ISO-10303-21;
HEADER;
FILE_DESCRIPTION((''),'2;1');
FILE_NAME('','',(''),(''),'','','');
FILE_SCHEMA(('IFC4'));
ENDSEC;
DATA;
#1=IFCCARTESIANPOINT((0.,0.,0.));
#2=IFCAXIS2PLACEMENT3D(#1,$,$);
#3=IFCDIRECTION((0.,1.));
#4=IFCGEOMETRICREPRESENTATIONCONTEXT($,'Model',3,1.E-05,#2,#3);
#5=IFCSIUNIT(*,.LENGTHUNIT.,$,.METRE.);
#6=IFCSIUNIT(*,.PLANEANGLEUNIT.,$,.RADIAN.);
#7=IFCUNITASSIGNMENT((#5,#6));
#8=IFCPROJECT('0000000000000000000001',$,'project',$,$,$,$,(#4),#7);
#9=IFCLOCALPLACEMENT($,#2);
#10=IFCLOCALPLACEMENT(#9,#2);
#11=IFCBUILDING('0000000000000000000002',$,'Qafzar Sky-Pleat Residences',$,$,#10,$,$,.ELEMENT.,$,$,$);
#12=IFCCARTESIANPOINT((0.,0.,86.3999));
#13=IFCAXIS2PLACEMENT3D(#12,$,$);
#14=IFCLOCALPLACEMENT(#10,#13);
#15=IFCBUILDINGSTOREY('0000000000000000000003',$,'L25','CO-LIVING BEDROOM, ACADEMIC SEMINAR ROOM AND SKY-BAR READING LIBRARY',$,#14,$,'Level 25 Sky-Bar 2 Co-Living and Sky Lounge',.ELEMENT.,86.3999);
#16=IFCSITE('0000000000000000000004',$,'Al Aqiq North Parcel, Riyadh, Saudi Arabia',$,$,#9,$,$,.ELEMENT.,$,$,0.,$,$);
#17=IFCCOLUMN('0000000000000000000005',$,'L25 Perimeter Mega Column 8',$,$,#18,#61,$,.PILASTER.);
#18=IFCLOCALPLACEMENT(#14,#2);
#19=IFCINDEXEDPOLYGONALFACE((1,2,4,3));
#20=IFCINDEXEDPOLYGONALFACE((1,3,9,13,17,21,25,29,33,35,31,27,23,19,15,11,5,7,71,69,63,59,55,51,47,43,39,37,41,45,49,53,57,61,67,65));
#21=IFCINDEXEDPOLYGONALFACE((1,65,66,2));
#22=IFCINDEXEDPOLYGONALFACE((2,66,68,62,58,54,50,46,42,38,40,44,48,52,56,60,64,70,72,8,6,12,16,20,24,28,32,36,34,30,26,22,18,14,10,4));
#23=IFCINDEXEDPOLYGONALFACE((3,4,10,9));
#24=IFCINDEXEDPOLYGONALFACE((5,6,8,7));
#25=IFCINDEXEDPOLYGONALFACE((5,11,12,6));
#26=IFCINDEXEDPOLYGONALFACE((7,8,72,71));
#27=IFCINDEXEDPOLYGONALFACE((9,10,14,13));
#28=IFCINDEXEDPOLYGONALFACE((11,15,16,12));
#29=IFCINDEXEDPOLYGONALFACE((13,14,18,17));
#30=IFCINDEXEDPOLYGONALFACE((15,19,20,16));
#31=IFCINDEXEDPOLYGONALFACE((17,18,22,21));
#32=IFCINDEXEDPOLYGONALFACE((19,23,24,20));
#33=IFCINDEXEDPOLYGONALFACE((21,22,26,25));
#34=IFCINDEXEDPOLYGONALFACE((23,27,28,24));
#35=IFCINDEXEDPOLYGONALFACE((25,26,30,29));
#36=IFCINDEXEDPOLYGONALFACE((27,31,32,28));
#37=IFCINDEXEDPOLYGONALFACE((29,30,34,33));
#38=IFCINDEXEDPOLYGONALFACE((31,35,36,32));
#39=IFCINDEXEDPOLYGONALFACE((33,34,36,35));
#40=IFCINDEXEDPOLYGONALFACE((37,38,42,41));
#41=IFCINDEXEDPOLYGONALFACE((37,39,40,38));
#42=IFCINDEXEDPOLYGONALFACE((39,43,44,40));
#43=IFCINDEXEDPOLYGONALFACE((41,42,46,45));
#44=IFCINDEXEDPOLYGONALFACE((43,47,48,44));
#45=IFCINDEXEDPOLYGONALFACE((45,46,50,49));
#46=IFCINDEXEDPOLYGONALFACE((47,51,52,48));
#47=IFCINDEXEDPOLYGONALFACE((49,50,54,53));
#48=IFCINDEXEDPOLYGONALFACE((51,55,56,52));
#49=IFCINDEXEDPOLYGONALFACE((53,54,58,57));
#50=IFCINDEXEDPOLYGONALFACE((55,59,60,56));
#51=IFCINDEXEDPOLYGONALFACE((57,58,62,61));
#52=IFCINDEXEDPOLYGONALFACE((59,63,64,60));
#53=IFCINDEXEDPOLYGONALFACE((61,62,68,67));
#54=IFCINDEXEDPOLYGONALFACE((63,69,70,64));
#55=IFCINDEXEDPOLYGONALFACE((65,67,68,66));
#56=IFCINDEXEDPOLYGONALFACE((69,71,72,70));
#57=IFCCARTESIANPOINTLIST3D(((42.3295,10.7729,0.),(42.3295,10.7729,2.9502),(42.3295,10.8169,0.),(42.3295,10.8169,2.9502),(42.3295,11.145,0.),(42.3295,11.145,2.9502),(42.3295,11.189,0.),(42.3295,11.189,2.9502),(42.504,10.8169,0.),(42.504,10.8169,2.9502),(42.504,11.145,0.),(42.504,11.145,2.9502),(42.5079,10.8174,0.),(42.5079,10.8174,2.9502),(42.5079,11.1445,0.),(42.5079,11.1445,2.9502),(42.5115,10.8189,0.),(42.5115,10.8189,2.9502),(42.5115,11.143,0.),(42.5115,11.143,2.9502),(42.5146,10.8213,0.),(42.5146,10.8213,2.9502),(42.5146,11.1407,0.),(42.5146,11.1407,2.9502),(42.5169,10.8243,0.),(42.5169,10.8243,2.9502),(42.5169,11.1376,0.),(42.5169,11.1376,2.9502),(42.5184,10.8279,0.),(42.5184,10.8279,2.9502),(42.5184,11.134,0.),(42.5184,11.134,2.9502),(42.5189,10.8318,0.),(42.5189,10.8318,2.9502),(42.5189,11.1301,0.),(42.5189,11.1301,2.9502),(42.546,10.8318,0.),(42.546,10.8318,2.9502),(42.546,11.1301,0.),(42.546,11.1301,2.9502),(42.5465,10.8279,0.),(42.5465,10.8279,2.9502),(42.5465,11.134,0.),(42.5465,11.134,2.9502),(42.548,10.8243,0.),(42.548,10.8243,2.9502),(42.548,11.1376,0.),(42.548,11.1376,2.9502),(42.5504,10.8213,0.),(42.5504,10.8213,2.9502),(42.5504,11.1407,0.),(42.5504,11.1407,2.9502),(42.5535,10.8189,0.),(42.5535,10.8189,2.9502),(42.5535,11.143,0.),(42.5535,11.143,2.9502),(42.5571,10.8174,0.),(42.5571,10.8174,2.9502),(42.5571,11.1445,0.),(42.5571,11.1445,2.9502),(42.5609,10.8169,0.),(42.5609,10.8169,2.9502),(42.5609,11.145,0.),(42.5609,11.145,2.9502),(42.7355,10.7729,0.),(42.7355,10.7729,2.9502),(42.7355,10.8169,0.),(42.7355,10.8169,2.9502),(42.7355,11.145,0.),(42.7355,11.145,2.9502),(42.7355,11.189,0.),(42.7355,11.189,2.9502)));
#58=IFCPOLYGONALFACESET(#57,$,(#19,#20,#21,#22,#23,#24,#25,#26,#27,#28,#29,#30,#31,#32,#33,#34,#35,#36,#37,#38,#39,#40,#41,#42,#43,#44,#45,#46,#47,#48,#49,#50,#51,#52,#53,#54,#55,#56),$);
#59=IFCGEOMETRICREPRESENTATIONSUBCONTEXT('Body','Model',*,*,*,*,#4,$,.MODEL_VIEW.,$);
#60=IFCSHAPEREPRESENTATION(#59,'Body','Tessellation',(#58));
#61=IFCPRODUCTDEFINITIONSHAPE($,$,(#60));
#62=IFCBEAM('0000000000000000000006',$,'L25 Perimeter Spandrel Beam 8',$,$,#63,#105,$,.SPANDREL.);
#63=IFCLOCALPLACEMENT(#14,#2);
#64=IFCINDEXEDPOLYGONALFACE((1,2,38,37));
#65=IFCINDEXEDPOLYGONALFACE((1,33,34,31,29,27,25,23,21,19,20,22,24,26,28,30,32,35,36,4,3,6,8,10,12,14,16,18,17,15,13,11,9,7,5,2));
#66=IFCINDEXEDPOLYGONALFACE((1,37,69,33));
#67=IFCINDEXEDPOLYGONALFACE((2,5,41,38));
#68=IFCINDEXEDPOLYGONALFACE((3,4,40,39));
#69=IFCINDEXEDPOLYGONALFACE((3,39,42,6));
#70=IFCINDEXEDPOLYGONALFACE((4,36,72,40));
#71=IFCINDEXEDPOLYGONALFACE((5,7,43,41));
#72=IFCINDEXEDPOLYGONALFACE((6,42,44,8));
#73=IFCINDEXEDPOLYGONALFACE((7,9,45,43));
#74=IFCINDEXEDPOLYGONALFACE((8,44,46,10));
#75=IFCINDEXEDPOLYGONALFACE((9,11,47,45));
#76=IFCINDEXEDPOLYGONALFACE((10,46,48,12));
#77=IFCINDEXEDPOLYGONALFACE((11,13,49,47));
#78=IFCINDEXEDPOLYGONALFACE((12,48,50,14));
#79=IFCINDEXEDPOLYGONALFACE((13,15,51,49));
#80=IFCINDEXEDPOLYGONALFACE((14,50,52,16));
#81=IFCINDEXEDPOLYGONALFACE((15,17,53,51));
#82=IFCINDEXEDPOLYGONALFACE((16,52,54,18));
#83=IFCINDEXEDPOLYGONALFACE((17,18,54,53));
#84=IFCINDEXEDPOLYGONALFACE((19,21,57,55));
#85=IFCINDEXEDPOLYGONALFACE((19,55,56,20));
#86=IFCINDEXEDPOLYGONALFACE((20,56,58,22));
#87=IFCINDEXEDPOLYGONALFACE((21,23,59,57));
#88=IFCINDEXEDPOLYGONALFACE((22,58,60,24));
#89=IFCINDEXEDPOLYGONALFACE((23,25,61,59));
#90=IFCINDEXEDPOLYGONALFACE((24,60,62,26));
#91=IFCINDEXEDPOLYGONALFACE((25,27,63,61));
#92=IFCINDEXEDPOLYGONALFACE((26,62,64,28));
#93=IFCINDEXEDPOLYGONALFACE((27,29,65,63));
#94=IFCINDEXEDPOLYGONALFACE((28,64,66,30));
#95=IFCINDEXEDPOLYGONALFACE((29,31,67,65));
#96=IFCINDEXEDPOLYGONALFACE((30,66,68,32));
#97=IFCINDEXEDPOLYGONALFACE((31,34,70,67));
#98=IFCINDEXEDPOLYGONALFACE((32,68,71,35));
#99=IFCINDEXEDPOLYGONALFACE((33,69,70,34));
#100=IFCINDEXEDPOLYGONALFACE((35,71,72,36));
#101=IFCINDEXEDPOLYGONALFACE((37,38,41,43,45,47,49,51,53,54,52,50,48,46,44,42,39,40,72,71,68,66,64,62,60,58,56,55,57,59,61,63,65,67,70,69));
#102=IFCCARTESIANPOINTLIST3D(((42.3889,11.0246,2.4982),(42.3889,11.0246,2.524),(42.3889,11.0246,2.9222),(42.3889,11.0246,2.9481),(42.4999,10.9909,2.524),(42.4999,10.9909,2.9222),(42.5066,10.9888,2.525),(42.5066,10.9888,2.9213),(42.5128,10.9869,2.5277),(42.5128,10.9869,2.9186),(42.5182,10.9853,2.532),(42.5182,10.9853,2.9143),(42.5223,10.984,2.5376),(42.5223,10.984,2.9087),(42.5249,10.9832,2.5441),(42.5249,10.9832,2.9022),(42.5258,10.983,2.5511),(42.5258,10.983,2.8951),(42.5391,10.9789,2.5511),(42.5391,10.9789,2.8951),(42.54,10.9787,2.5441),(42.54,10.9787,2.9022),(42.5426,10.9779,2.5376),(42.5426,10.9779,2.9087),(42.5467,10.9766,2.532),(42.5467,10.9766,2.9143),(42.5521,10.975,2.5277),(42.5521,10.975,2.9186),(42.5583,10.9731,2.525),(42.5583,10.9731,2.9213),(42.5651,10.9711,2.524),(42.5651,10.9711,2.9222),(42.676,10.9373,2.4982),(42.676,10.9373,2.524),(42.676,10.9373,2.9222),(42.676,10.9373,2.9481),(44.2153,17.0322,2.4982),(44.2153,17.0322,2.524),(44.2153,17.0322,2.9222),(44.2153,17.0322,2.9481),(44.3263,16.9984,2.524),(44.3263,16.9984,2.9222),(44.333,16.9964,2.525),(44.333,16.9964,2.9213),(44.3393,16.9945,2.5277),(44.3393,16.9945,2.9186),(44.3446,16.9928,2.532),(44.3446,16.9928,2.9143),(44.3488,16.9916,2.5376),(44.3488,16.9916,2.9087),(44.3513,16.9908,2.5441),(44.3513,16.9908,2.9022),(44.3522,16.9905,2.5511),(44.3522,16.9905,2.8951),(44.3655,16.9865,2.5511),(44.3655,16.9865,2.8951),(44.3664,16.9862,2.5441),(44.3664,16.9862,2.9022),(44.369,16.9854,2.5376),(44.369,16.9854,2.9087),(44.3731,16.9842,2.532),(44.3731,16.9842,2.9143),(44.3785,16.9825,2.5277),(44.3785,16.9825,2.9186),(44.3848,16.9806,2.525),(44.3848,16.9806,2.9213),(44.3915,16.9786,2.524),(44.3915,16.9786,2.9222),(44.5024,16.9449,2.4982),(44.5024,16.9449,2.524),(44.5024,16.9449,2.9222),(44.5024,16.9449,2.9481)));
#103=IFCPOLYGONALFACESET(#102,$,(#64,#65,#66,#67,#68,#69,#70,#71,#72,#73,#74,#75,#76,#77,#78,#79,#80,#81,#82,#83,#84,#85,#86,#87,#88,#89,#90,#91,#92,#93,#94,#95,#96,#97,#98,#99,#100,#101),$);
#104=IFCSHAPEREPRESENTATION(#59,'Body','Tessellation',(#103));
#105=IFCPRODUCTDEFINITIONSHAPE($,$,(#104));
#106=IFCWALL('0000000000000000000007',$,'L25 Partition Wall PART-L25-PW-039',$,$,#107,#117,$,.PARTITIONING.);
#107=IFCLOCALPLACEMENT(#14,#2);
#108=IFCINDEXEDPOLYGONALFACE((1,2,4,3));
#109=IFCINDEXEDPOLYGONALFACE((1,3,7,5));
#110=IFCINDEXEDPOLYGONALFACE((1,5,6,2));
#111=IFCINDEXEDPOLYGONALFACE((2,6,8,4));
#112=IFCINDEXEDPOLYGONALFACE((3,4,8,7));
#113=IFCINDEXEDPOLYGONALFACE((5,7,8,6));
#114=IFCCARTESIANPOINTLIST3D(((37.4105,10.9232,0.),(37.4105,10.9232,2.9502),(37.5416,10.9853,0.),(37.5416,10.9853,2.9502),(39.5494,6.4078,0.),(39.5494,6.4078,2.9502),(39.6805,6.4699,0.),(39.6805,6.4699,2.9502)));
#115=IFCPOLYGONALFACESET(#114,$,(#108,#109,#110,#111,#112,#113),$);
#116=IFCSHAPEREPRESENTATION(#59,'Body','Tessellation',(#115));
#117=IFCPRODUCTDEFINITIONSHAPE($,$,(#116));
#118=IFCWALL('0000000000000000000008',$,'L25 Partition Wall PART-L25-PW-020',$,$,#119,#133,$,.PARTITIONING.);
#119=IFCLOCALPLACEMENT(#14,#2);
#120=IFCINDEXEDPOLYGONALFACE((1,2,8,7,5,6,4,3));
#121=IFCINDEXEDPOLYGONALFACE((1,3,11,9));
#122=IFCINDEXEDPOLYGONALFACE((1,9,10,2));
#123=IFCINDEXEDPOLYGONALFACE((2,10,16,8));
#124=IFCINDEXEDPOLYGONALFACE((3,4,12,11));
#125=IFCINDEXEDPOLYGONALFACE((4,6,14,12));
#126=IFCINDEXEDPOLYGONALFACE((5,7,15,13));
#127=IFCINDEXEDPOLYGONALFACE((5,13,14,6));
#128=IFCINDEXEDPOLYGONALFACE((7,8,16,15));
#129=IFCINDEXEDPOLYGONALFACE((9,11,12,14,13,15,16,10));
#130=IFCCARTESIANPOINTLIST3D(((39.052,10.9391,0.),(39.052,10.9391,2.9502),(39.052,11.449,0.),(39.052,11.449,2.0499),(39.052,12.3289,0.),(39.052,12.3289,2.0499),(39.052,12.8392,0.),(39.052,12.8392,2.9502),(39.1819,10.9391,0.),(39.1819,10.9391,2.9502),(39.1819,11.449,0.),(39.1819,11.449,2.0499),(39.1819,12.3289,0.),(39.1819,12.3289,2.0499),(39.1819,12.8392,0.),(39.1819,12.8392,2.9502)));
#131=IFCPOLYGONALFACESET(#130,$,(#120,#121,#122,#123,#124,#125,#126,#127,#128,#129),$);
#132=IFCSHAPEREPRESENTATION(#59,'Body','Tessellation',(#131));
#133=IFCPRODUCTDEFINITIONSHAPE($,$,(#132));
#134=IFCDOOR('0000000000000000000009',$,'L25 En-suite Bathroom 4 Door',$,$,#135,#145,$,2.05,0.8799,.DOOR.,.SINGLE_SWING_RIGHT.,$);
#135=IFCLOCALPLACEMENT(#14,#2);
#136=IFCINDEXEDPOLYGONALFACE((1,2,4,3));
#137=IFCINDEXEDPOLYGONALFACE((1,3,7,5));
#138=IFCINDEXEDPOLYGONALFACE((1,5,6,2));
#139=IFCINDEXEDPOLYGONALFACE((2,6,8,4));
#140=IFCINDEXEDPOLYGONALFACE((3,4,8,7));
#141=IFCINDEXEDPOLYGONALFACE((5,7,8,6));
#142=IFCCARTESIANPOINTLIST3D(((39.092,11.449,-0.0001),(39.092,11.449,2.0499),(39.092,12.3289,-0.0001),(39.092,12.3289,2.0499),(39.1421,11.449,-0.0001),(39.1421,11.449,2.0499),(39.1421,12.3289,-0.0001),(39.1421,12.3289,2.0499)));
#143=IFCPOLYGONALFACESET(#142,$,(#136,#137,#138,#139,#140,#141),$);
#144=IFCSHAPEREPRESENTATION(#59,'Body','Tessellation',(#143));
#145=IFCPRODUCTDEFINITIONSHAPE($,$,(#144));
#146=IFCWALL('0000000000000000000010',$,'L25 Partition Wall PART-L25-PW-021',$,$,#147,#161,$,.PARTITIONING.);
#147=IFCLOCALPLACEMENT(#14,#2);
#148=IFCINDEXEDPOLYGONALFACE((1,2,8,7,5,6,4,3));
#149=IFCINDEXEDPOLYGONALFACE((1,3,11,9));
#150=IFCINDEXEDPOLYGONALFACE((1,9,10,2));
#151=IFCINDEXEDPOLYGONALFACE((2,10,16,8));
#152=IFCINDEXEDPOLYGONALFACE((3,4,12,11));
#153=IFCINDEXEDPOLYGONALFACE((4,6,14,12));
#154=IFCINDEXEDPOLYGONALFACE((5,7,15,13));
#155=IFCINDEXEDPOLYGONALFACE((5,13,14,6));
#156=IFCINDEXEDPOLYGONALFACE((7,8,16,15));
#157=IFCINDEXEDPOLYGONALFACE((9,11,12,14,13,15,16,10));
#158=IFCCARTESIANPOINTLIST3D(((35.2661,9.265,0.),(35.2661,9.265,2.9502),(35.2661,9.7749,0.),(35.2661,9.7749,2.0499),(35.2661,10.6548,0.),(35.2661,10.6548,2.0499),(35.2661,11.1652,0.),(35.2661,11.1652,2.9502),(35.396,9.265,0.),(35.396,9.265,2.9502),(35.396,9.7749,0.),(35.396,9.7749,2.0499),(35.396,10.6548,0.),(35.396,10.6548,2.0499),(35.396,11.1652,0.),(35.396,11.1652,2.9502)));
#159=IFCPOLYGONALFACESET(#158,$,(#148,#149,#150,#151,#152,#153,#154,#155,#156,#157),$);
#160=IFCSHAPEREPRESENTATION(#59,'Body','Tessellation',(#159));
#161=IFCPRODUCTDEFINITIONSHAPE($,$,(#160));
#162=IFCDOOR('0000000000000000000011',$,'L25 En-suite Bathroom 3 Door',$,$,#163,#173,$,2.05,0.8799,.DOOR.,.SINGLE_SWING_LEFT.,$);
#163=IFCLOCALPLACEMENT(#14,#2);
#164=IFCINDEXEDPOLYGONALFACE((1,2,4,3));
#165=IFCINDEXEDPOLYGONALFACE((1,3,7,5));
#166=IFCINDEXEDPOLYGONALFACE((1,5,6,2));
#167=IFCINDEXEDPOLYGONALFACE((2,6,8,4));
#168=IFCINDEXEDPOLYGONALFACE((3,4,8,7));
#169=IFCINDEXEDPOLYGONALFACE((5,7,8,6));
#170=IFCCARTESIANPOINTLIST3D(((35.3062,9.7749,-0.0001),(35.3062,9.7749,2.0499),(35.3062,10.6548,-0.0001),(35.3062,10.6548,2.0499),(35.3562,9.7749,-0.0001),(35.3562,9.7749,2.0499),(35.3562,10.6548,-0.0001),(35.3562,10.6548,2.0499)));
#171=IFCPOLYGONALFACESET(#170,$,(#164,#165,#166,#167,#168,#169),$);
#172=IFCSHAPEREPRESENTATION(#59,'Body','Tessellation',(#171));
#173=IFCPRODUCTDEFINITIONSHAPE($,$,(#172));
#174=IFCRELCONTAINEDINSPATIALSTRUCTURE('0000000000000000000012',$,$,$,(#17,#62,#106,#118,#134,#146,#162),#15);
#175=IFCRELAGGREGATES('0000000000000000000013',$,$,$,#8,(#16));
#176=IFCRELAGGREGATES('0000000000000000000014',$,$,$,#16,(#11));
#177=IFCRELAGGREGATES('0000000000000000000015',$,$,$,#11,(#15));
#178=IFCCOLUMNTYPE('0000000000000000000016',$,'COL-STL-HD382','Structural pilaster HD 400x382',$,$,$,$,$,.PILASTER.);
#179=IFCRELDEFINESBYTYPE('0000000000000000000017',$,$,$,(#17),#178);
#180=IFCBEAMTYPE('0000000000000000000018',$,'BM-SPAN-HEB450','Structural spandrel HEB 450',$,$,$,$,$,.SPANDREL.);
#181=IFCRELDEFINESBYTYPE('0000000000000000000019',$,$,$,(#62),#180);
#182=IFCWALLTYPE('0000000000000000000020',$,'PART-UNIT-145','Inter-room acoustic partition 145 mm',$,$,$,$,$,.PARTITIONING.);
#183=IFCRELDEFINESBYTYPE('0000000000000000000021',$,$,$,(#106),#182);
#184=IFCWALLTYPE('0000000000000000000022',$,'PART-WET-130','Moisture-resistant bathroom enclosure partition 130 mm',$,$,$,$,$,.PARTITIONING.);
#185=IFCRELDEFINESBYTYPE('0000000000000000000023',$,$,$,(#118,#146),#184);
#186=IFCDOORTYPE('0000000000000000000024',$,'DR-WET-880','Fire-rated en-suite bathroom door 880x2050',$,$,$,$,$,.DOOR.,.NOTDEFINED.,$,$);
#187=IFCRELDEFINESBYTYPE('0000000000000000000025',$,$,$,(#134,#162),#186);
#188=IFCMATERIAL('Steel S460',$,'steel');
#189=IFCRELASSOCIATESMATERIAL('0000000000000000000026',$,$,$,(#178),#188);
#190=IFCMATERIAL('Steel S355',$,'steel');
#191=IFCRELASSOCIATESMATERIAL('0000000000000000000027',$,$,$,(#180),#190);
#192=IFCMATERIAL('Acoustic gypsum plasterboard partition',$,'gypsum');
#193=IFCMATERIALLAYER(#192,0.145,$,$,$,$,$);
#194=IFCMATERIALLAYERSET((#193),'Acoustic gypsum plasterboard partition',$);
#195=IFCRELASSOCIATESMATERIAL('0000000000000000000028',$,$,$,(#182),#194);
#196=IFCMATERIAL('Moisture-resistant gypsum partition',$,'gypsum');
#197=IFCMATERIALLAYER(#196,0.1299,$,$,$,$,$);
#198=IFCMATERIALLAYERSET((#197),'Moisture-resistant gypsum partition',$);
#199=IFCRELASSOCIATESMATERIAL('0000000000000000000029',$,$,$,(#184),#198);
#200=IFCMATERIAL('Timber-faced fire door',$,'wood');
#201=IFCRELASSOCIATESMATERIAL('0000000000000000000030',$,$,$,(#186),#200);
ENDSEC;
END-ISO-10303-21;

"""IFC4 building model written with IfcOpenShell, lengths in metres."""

from ifc_helpers import new_model, si_unit, direction, frame, frame_2d, origin, origin_2d, place, context, subcontext, project, spatial, rectangle, i_section, extrude, source, transform, mapped, material, layer, layer_set, material_profile, profile_set, type_object, element, fill, save


model = new_model("IFC4")

# Units and contexts
model_context = context("Model", 3, precision=1e-05, world=origin(), true_north=direction((0.0, 1.0)))
body_context = subcontext(model_context, "Body", "Model", "MODEL_VIEW")
ifc_project = project(units=[si_unit("LENGTHUNIT", "METRE"), si_unit("PLANEANGLEUNIT", "RADIAN")], contexts=[model_context])

# Site, building, storey
site_placement = place(None, origin())
site = spatial("IfcSite", under=ifc_project, at=site_placement, Name="Al Aqiq North Parcel, Riyadh, Saudi Arabia", CompositionType="ELEMENT", RefElevation=0.0)
building_placement = place(site_placement, origin())
building = spatial("IfcBuilding", under=site, at=building_placement, Name="Qafzar Sky-Pleat Residences", CompositionType="ELEMENT")
storey_placement = place(building_placement, frame((0.0, 0.0, 86.3999)))
storey = spatial("IfcBuildingStorey", under=building, at=storey_placement, Name="L25", Description="CO-LIVING BEDROOM, ACADEMIC SEMINAR ROOM AND SKY-BAR READING LIBRARY", LongName="Level 25 Sky-Bar 2 Co-Living and Sky Lounge", CompositionType="ELEMENT", Elevation=86.3999)

# Column
ifc_material_1 = material(Name="Steel S460", Category="steel")
ifc_material_profile_1 = material_profile(ifc_material_1, i_section(OverallWidth=0.406, OverallDepth=0.416, WebThickness=0.0271, FlangeThickness=0.0439, FilletRadius=0.0149, at=origin_2d()), Name="HD 400x382")
ifc_profile_set_1 = profile_set([ifc_material_profile_1], Name="Steel S460")
column_type = type_object("IfcColumnType", Name="COL-STL-HD382", Description="Structural pilaster HD 400x382", PredefinedType="PILASTER", material=ifc_profile_set_1)
shared_shape_1 = source(origin(), body_context, "Body", "SweptSolid", [
    extrude(i_section(OverallWidth=0.406, OverallDepth=0.416, WebThickness=0.0271, FlangeThickness=0.0439, FilletRadius=0.0149, at=origin_2d()), origin(), (0.0, 0.0, 1.0), 2.9502),
])
column_placement = place(storey_placement, frame((42.5325, 10.981, 0.0), z_axis=(0.0, 0.0, 1.0), x_axis=(1.0, 0.0, 0.0)))
element("IfcColumn", 1, at=column_placement, inside=storey, type_object=column_type, Name="L25 Perimeter Mega Column 8", PredefinedType="PILASTER", context=body_context, shape_type="MappedRepresentation", body=[
    mapped(shared_shape_1, transform((0.0, 0.0, 0.0), x_axis=(1.0, 0.0, 0.0), y_axis=(0.0, 1.0, 0.0), z_axis=(0.0, 0.0, 1.0), scale=1.0)),
])

# Beam
ifc_material_2 = material(Name="Steel S355", Category="steel")
ifc_material_profile_2 = material_profile(ifc_material_2, i_section(OverallWidth=0.3, OverallDepth=0.45, WebThickness=0.0139, FlangeThickness=0.0259, FilletRadius=0.0271, at=origin_2d()), Name="HEB 450")
ifc_profile_set_2 = profile_set([ifc_material_profile_2], Name="Steel S355")
beam_type = type_object("IfcBeamType", Name="BM-SPAN-HEB450", Description="Structural spandrel HEB 450", PredefinedType="SPANDREL", material=ifc_profile_set_2)
shared_shape_2 = source(origin(), body_context, "Body", "SweptSolid", [
    extrude(i_section(OverallWidth=0.3, OverallDepth=0.45, WebThickness=0.0139, FlangeThickness=0.0259, FilletRadius=0.0271, at=origin_2d()), origin(), (0.0, 0.0, 1.0), 6.2791),
])
beam_placement = place(storey_placement, frame((42.5325, 10.981, 2.7231), z_axis=(0.290874, 0.956761, 0.0), x_axis=(-0.956761, 0.290874, 0.0)))
element("IfcBeam", 2, at=beam_placement, inside=storey, type_object=beam_type, Name="L25 Perimeter Spandrel Beam 8", PredefinedType="SPANDREL", context=body_context, shape_type="MappedRepresentation", body=[
    mapped(shared_shape_2, transform((0.0, 0.0, 0.0), x_axis=(1.0, 0.0, 0.0), y_axis=(0.0, 1.0, 0.0), z_axis=(0.0, 0.0, 1.0), scale=1.0)),
])

# Wall
ifc_material_3 = material(Name="Acoustic gypsum plasterboard partition", Category="gypsum")
ifc_layer_1 = layer(ifc_material_3, 0.145)
ifc_layer_set_1 = layer_set([ifc_layer_1], Name="Acoustic gypsum plasterboard partition")
wall_type_1 = type_object("IfcWallType", Name="PART-UNIT-145", Description="Inter-room acoustic partition 145 mm", PredefinedType="PARTITIONING", material=ifc_layer_set_1)
wall_1_placement = place(storey_placement, frame((37.4761, 10.9541, 0.0), z_axis=(0.0, 0.0, 1.0), x_axis=(0.428095, -0.903734, 0.0)))
element("IfcWall", 3, at=wall_1_placement, inside=storey, type_object=wall_type_1, Name="L25 Partition Wall PART-L25-PW-039", PredefinedType="PARTITIONING", context=body_context, shape_type="SweptSolid", body=[
    extrude(rectangle(XDim=4.9963, YDim=0.145, at=frame_2d((2.498, 0.0))), origin(), (0.0, 0.0, 1.0), 2.9502),
])

# Walls, openings, doors
ifc_material_4 = material(Name="Moisture-resistant gypsum partition", Category="gypsum")
ifc_layer_2 = layer(ifc_material_4, 0.1299)
ifc_layer_set_2 = layer_set([ifc_layer_2], Name="Moisture-resistant gypsum partition")
wall_type_2 = type_object("IfcWallType", Name="PART-WET-130", Description="Moisture-resistant bathroom enclosure partition 130 mm", PredefinedType="PARTITIONING", material=ifc_layer_set_2)
wall_2_placement = place(storey_placement, frame((39.1169, 10.939, 0.0), z_axis=(0.0, 0.0, 1.0), x_axis=(0.0, 1.0, 0.0)))
wall_2 = element("IfcWall", 4, at=wall_2_placement, inside=storey, type_object=wall_type_2, Name="L25 Partition Wall PART-L25-PW-020", PredefinedType="PARTITIONING", context=body_context, shape_type="SweptSolid", body=[
    extrude(rectangle(XDim=1.9001, YDim=0.1299, at=frame_2d((0.9502, 0.0))), origin(), (0.0, 0.0, 1.0), 2.9502),
])
opening_1_placement = place(wall_2_placement, frame((0.51, 0.0, 0.0)))
opening_1 = element("IfcOpeningElement", 5, at=opening_1_placement, cuts=wall_2, PredefinedType="OPENING", context=body_context, shape_type="SweptSolid", body=[
    extrude(rectangle(XDim=0.8799, YDim=2.05, at=frame_2d((0.4399, 1.0249))), frame((0.0, 0.075, 0.0), z_axis=(0.0, -1.0, 0.0), x_axis=(1.0, 0.0, 0.0)), (0.0, 0.0, 1.0), 0.1499),
])
ifc_material_5 = material(Name="Timber-faced fire door", Category="wood")
door_type = type_object("IfcDoorType", Name="DR-WET-880", Description="Fire-rated en-suite bathroom door 880x2050", OperationType="NOTDEFINED", PredefinedType="DOOR", material=ifc_material_5)
shared_shape_3 = source(origin(), body_context, "Body", "SweptSolid", [
    extrude(rectangle(XDim=0.8799, YDim=2.05, at=frame_2d((0.4399, 1.0249))), frame((0.0, 0.0249, 0.0), z_axis=(0.0, -1.0, 0.0), x_axis=(1.0, 0.0, 0.0)), (0.0, 0.0, 1.0), 0.05),
])
door_1_placement = place(opening_1_placement, origin())
door_1 = element("IfcDoor", 6, at=door_1_placement, inside=storey, type_object=door_type, Name="L25 En-suite Bathroom 4 Door", OperationType="SINGLE_SWING_RIGHT", OverallHeight=2.05, OverallWidth=0.8799, PredefinedType="DOOR", context=body_context, shape_type="MappedRepresentation", body=[
    mapped(shared_shape_3, transform((0.0, 0.0, 0.0), x_axis=(1.0, 0.0, 0.0), y_axis=(0.0, 1.0, 0.0), z_axis=(0.0, 0.0, 1.0), scale=1.0)),
])
fill(opening_1, door_1)
wall_3_placement = place(storey_placement, frame((35.3311, 9.2649, 0.0), z_axis=(0.0, 0.0, 1.0), x_axis=(0.0, 1.0, 0.0)))
wall_3 = element("IfcWall", 7, at=wall_3_placement, inside=storey, type_object=wall_type_2, Name="L25 Partition Wall PART-L25-PW-021", PredefinedType="PARTITIONING", context=body_context, shape_type="SweptSolid", body=[
    extrude(rectangle(XDim=1.9001, YDim=0.1299, at=frame_2d((0.9502, 0.0))), origin(), (0.0, 0.0, 1.0), 2.9502),
])
opening_2_placement = place(wall_3_placement, frame((0.51, 0.0, 0.0)))
opening_2 = element("IfcOpeningElement", 8, at=opening_2_placement, cuts=wall_3, PredefinedType="OPENING", context=body_context, shape_type="SweptSolid", body=[
    extrude(rectangle(XDim=0.8799, YDim=2.05, at=frame_2d((0.4399, 1.0249))), frame((0.0, 0.075, 0.0), z_axis=(0.0, -1.0, 0.0), x_axis=(1.0, 0.0, 0.0)), (0.0, 0.0, 1.0), 0.1499),
])
door_2_placement = place(opening_2_placement, origin())
door_2 = element("IfcDoor", 9, at=door_2_placement, inside=storey, type_object=door_type, Name="L25 En-suite Bathroom 3 Door", OperationType="SINGLE_SWING_LEFT", OverallHeight=2.05, OverallWidth=0.8799, PredefinedType="DOOR", context=body_context, shape_type="MappedRepresentation", body=[
    mapped(shared_shape_3, transform((0.0, 0.0, 0.0), x_axis=(1.0, 0.0, 0.0), y_axis=(0.0, 1.0, 0.0), z_axis=(0.0, 0.0, 1.0), scale=1.0)),
])
fill(opening_2, door_2)

save(model, "model.ifc")
